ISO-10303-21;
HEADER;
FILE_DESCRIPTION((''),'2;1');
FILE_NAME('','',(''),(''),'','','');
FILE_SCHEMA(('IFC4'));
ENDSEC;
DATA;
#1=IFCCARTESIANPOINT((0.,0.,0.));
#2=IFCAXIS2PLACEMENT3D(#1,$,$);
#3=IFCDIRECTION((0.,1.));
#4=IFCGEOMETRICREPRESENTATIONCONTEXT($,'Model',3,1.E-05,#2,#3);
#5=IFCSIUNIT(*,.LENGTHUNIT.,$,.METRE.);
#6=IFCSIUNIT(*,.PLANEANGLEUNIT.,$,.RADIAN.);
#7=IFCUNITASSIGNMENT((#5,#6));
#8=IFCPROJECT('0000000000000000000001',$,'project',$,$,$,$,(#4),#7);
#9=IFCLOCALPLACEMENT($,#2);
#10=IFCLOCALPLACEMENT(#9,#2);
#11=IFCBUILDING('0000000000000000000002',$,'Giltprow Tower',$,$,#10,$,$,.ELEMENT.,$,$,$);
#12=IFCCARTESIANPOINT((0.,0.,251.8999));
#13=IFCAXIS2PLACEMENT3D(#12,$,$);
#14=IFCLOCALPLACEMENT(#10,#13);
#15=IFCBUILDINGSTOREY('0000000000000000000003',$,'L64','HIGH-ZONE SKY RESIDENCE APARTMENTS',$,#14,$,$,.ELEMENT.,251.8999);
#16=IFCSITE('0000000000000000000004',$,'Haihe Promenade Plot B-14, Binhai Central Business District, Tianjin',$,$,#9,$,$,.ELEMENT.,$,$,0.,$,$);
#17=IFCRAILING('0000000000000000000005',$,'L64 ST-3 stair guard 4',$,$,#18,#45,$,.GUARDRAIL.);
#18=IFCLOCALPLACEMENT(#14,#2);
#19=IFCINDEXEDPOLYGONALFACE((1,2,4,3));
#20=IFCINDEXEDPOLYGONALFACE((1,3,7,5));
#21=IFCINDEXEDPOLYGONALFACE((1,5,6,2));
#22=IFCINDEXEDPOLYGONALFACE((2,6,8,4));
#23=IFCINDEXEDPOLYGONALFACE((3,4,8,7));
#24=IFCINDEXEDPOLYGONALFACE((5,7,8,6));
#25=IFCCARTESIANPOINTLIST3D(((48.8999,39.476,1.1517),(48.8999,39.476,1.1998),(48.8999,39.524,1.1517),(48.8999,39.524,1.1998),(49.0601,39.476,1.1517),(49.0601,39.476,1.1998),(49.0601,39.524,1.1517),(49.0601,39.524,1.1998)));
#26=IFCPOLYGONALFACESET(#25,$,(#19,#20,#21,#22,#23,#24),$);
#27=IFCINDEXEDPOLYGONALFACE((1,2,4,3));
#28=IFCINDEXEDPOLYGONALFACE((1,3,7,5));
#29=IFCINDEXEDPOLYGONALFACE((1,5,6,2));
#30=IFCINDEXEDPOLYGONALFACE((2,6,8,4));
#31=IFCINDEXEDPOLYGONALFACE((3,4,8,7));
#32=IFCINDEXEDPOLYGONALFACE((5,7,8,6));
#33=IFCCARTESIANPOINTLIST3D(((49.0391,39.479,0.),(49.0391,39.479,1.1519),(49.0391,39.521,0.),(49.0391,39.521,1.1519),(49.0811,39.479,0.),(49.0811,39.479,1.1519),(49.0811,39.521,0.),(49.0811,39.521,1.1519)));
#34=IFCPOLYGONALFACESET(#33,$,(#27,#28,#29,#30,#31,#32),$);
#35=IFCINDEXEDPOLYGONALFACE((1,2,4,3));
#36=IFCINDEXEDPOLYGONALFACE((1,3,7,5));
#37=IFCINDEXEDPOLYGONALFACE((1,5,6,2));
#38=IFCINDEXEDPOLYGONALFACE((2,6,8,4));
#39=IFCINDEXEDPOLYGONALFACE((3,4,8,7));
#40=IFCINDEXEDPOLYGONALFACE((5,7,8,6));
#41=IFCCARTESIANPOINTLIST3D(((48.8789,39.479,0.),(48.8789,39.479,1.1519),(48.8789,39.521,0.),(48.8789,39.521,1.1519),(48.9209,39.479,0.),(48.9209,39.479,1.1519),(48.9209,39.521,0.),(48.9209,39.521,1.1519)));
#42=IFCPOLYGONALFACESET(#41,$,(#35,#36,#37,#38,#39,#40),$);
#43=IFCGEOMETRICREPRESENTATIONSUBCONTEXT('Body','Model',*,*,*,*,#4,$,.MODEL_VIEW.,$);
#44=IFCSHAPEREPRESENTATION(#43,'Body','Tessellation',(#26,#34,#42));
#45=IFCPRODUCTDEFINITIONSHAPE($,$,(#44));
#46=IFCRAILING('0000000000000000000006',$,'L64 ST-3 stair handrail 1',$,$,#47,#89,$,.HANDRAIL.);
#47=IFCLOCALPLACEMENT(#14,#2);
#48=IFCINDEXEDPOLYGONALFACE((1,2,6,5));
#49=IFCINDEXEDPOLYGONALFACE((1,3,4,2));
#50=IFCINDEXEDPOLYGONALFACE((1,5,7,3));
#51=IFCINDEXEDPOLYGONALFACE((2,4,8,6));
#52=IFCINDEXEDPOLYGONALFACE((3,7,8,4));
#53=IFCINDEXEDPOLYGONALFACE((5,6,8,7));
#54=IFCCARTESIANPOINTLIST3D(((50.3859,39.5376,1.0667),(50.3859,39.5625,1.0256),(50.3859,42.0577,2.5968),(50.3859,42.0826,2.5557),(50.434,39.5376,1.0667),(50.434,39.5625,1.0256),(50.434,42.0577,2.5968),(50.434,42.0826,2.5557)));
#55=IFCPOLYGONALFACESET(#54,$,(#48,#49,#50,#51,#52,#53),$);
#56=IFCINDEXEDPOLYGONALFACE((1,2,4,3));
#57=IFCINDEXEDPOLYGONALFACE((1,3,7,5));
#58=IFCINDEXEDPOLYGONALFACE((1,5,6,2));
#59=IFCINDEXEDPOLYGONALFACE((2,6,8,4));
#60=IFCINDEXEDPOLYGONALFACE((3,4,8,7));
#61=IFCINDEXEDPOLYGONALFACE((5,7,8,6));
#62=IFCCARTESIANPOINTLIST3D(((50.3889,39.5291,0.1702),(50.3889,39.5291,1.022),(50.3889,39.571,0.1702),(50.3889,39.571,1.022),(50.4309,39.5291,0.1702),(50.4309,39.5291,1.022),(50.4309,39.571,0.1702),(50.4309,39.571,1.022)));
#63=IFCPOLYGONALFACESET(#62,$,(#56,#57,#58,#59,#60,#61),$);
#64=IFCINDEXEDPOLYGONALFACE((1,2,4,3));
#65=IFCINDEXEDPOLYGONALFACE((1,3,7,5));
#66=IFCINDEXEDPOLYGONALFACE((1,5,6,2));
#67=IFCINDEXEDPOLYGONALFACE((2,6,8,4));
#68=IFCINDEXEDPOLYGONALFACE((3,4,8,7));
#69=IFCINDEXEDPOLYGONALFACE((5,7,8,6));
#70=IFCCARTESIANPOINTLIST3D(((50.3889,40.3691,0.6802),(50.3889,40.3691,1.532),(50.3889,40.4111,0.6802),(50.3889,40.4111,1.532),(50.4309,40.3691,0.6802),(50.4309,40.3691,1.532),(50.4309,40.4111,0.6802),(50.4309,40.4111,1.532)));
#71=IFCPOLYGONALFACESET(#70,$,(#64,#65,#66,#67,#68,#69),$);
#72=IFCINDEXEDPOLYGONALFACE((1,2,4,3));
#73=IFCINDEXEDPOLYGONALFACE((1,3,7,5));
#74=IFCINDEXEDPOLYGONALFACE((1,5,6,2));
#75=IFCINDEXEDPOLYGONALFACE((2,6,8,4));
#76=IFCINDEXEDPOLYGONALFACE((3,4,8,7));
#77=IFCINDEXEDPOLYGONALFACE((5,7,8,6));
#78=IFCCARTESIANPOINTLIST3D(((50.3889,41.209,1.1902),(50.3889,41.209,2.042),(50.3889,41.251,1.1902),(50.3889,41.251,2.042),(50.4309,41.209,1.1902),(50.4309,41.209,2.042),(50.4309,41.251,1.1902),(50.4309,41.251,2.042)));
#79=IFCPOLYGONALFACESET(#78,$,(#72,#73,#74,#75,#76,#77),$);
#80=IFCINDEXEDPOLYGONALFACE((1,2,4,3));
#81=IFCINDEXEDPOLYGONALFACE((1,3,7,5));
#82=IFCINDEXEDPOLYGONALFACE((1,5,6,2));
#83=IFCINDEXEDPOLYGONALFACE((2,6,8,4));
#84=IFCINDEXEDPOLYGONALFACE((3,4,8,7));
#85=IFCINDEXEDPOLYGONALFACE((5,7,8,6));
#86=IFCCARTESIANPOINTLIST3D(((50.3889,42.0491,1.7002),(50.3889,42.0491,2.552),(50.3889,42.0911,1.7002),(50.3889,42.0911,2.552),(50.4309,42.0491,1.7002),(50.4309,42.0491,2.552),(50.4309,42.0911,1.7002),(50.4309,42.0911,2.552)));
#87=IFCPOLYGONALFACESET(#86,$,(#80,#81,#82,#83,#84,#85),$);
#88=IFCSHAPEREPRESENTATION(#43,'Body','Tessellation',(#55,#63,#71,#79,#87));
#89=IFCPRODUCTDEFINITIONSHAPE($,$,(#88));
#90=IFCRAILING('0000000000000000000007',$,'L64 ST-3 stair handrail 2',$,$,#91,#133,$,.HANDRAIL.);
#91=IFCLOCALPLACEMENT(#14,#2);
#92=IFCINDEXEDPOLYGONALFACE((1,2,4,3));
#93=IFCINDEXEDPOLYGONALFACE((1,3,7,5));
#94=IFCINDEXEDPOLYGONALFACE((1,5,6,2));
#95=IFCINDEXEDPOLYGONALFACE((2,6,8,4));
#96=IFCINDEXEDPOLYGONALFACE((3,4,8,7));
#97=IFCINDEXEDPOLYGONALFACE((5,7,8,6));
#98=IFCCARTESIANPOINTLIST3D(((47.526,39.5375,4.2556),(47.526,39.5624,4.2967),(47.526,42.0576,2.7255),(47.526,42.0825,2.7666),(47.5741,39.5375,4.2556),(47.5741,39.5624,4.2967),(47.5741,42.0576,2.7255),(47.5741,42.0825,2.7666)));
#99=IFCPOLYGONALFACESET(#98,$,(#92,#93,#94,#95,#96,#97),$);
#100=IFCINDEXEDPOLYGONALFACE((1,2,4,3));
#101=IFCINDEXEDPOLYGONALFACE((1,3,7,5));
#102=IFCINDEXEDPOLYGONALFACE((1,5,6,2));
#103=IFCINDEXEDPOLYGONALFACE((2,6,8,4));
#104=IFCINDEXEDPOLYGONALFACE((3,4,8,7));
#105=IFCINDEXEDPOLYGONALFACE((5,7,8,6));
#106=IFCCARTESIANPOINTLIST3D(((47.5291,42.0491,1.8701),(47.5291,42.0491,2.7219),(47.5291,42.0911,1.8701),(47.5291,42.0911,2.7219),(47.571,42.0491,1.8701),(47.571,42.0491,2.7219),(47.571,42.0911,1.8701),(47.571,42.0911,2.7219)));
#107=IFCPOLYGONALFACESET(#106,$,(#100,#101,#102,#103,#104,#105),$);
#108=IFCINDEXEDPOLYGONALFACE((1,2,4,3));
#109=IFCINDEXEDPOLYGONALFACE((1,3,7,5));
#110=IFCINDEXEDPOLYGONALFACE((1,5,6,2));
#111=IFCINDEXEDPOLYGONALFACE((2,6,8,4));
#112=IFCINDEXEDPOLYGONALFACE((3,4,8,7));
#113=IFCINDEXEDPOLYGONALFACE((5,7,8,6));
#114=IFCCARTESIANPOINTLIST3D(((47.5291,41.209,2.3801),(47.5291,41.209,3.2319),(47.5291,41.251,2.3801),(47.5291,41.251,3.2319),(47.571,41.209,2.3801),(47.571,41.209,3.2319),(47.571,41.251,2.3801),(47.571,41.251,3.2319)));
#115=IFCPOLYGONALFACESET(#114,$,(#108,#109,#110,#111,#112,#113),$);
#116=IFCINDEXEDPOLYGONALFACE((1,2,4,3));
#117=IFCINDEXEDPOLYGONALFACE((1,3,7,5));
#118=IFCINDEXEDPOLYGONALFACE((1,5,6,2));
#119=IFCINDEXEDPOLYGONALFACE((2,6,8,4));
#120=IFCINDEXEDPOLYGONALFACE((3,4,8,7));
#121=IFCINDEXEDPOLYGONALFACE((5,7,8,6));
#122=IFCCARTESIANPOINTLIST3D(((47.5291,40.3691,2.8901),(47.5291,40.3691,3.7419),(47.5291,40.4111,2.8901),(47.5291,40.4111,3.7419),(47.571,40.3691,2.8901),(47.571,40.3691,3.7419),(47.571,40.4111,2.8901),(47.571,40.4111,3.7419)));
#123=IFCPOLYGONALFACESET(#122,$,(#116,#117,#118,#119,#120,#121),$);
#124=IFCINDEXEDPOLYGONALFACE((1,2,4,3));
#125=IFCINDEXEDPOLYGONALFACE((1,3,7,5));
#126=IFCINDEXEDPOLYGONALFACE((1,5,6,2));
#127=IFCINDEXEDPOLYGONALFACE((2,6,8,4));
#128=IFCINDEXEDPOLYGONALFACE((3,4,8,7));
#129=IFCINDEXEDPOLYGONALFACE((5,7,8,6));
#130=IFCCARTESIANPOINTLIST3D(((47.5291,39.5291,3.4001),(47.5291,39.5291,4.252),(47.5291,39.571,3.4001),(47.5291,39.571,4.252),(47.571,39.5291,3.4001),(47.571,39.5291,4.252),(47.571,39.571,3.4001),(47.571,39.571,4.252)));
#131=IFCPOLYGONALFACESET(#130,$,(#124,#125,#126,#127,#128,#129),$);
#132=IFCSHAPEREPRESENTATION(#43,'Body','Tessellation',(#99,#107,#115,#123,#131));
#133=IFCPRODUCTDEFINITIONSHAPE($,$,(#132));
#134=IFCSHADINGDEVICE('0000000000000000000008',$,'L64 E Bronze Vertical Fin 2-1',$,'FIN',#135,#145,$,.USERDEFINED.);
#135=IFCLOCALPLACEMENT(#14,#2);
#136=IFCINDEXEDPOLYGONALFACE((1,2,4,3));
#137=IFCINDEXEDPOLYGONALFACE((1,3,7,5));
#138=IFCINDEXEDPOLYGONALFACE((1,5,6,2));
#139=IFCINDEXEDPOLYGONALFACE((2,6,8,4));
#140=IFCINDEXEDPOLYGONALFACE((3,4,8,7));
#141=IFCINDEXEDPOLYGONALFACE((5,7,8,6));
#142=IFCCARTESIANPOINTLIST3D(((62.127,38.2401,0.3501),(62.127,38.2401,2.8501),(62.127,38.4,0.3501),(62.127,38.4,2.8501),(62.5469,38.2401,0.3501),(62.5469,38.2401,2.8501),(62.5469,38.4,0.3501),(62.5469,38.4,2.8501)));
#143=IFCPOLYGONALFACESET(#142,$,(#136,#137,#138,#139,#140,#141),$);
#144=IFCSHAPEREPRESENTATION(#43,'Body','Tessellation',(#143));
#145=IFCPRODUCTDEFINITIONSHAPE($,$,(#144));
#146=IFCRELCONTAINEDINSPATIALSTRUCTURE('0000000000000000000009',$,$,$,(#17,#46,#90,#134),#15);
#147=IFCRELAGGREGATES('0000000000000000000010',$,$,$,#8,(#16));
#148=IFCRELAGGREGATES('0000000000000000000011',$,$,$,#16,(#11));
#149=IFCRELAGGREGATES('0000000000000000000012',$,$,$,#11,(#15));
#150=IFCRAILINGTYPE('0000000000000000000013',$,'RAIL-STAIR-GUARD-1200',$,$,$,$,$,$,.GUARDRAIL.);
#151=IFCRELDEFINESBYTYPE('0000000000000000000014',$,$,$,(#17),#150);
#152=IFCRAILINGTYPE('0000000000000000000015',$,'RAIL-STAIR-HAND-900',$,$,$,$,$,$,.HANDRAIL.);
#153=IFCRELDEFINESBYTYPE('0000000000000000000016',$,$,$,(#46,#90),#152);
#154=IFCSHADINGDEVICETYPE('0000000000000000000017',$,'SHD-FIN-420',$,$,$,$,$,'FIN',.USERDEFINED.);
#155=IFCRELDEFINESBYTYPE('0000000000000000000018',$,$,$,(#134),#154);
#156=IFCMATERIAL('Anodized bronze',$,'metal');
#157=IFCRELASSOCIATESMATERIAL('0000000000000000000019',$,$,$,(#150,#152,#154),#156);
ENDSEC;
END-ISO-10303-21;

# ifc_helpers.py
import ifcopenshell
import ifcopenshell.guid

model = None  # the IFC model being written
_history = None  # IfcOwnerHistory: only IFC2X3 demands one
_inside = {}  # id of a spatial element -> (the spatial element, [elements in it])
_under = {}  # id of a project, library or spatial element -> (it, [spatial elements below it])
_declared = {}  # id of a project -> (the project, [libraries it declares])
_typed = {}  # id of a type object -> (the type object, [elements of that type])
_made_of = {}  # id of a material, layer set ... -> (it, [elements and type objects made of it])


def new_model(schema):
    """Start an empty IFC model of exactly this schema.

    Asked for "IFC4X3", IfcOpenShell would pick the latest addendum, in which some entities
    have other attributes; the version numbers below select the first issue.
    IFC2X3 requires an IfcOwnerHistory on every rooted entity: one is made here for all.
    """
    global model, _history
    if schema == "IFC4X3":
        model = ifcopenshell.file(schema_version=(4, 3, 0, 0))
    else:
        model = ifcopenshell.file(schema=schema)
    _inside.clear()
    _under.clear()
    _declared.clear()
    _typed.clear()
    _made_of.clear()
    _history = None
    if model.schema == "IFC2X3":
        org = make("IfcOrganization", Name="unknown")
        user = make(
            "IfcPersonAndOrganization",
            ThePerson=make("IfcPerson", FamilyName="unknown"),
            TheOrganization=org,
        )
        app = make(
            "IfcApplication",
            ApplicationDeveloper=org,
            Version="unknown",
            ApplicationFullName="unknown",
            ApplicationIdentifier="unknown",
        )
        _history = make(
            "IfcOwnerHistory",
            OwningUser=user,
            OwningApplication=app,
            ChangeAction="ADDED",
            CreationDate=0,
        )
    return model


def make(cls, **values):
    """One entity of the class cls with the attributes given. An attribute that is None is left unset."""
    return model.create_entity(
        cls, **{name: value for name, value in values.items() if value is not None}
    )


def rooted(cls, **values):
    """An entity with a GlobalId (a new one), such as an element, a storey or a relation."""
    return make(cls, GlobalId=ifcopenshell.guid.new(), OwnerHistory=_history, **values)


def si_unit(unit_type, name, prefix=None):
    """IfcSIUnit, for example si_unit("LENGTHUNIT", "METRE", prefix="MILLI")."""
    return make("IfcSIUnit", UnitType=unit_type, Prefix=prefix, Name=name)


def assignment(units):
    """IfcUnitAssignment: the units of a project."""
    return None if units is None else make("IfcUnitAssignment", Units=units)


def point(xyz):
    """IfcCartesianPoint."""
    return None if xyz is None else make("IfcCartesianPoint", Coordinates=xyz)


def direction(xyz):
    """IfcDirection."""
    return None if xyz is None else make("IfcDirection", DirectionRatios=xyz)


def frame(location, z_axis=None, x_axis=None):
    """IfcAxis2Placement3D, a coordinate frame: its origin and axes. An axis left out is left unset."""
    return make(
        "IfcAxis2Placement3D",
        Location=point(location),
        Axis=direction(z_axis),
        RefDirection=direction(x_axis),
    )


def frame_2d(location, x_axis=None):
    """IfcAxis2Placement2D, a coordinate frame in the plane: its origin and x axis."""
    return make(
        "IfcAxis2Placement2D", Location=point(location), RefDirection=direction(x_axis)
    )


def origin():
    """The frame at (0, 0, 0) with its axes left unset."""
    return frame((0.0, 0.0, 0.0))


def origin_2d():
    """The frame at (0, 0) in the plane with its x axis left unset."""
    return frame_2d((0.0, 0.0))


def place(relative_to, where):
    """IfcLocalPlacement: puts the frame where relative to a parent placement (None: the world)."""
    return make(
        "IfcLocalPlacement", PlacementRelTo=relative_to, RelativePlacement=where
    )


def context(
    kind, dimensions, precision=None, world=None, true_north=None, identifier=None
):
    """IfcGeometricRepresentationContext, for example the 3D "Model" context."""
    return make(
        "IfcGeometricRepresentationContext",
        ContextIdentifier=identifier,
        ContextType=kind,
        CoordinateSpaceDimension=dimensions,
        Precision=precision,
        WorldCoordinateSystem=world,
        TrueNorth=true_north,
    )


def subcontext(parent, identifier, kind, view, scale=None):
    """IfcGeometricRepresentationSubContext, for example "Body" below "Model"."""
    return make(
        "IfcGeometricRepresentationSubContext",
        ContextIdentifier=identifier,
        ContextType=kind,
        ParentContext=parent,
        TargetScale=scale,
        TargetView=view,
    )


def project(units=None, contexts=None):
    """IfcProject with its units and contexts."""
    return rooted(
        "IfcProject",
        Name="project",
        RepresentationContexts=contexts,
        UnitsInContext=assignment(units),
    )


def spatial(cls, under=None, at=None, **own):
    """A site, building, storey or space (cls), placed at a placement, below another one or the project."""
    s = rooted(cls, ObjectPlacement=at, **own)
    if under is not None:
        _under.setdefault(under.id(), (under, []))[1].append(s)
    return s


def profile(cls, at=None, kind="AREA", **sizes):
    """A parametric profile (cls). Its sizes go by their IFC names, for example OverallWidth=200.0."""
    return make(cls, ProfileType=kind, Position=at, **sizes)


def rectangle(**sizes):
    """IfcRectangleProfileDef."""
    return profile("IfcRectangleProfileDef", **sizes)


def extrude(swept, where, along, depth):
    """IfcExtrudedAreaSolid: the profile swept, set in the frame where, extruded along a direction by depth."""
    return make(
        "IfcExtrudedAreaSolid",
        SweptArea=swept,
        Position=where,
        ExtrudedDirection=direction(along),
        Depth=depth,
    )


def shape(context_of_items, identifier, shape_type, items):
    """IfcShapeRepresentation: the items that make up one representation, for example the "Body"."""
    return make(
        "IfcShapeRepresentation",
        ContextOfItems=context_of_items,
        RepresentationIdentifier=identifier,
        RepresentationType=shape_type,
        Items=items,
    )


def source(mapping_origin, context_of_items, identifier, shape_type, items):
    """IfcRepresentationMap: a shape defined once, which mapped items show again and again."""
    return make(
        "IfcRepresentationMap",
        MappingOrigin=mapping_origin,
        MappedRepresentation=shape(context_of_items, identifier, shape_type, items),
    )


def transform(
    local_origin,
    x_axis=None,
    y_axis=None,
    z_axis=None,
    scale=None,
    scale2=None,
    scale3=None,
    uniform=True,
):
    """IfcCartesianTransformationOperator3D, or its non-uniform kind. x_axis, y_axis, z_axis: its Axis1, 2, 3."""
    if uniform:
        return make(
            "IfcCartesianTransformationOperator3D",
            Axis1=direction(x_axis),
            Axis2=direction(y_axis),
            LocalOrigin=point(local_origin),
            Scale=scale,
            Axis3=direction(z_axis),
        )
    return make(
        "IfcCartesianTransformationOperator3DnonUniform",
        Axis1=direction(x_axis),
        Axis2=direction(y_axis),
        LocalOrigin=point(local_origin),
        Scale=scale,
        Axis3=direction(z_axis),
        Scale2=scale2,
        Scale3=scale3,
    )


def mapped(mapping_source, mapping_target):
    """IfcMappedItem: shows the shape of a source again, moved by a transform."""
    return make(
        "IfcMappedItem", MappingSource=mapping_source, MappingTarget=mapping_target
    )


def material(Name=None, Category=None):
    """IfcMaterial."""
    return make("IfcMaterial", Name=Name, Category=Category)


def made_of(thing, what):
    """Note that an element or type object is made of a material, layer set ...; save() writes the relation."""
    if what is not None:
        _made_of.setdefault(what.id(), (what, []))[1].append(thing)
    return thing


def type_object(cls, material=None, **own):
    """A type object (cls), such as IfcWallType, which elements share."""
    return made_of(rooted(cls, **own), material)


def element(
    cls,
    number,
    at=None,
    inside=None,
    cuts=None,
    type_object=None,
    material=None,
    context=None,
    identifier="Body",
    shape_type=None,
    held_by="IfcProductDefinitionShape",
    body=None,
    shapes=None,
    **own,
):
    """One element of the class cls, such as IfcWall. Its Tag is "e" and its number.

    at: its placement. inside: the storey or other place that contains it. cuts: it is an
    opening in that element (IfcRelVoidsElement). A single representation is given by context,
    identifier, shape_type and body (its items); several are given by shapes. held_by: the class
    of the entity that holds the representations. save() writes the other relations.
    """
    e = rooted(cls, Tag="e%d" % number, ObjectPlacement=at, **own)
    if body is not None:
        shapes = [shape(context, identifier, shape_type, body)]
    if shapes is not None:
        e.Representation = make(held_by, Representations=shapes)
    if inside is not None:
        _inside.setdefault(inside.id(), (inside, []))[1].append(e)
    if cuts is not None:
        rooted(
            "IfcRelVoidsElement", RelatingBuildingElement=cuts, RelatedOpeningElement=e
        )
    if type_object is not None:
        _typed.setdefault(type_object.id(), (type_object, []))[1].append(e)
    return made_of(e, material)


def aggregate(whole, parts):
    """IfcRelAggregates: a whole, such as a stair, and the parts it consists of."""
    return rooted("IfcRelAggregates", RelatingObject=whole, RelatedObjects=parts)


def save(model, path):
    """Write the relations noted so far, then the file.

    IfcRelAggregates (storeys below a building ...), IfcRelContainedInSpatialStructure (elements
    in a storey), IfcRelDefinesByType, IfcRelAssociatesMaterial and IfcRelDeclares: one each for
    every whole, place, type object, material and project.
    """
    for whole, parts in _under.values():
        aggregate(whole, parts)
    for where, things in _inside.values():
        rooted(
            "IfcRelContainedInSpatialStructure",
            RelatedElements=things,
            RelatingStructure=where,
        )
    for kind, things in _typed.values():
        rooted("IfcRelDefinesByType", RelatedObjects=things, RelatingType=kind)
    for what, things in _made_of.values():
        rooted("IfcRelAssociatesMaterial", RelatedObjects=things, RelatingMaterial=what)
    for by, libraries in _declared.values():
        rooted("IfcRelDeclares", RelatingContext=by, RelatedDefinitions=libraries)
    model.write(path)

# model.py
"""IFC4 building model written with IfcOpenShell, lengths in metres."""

from ifc_helpers import new_model, si_unit, direction, frame, origin, origin_2d, place, context, subcontext, project, spatial, rectangle, extrude, source, transform, mapped, material, type_object, element, save


model = new_model("IFC4")

# Units and contexts
model_context = context("Model", 3, precision=1e-05, world=origin(), true_north=direction((0.0, 1.0)))
body_context = subcontext(model_context, "Body", "Model", "MODEL_VIEW")
ifc_project = project(units=[si_unit("LENGTHUNIT", "METRE"), si_unit("PLANEANGLEUNIT", "RADIAN")], contexts=[model_context])

# Site, building, storey
site_placement = place(None, origin())
site = spatial("IfcSite", under=ifc_project, at=site_placement, Name="Haihe Promenade Plot B-14, Binhai Central Business District, Tianjin", CompositionType="ELEMENT", RefElevation=0.0)
building_placement = place(site_placement, origin())
building = spatial("IfcBuilding", under=site, at=building_placement, Name="Giltprow Tower", CompositionType="ELEMENT")
storey_placement = place(building_placement, frame((0.0, 0.0, 251.8999)))
storey = spatial("IfcBuildingStorey", under=building, at=storey_placement, Name="L64", Description="HIGH-ZONE SKY RESIDENCE APARTMENTS", CompositionType="ELEMENT", Elevation=251.8999)

# Railings
ifc_material_1 = material(Name="Anodized bronze", Category="metal")
railing_type_1 = type_object("IfcRailingType", Name="RAIL-STAIR-GUARD-1200", PredefinedType="GUARDRAIL", material=ifc_material_1)
railing_1_placement = place(storey_placement, frame((49.0601, 39.5, 0.0)))
element("IfcRailing", 1, at=railing_1_placement, inside=storey, type_object=railing_type_1, Name="L64 ST-3 stair guard 4", PredefinedType="GUARDRAIL", context=body_context, shape_type="SweptSolid", body=[
    extrude(rectangle(XDim=0.0481, YDim=0.0481, at=origin_2d()), frame((0.0, 0.0, 1.1758), z_axis=(-1.0, 0.0, 0.0), x_axis=(0.0, -1.0, 0.0)), (0.0, 0.0, 1.0), 0.1602),
    extrude(rectangle(XDim=0.042, YDim=0.042, at=origin_2d()), origin(), (0.0, 0.0, 1.0), 1.1519),
    extrude(rectangle(XDim=0.042, YDim=0.042, at=origin_2d()), frame((-0.1602, 0.0, 0.0)), (0.0, 0.0, 1.0), 1.1519),
])
railing_type_2 = type_object("IfcRailingType", Name="RAIL-STAIR-HAND-900", PredefinedType="HANDRAIL", material=ifc_material_1)
railing_2_placement = place(storey_placement, frame((50.4099, 39.55, 0.1702)))
element("IfcRailing", 2, at=railing_2_placement, inside=storey, type_object=railing_type_2, Name="L64 ST-3 stair handrail 1", PredefinedType="HANDRAIL", context=body_context, shape_type="SweptSolid", body=[
    extrude(rectangle(XDim=0.0481, YDim=0.0481, at=origin_2d()), frame((0.0, 0.0, 0.876), z_axis=(0.0, 0.854785, 0.518982), x_axis=(-1.0, 0.0, 0.0)), (0.0, 0.0, 1.0), 2.9482),
    extrude(rectangle(XDim=0.042, YDim=0.042, at=origin_2d()), origin(), (0.0, 0.0, 1.0), 0.8518),
    extrude(rectangle(XDim=0.042, YDim=0.042, at=origin_2d()), frame((0.0, 0.8401, 0.51)), (0.0, 0.0, 1.0), 0.8518),
    extrude(rectangle(XDim=0.042, YDim=0.042, at=origin_2d()), frame((0.0, 1.6799, 1.02)), (0.0, 0.0, 1.0), 0.8518),
    extrude(rectangle(XDim=0.042, YDim=0.042, at=origin_2d()), frame((0.0, 2.52, 1.53)), (0.0, 0.0, 1.0), 0.8518),
])
railing_3_placement = place(storey_placement, frame((47.55, 42.0701, 1.8701)))
element("IfcRailing", 3, at=railing_3_placement, inside=storey, type_object=railing_type_2, Name="L64 ST-3 stair handrail 2", PredefinedType="HANDRAIL", context=body_context, shape_type="SweptSolid", body=[
    extrude(rectangle(XDim=0.0481, YDim=0.0481, at=origin_2d()), frame((0.0, 0.0, 0.876), z_axis=(0.0, -0.854785, 0.518982), x_axis=(1.0, 0.0, 0.0)), (0.0, 0.0, 1.0), 2.9482),
    extrude(rectangle(XDim=0.042, YDim=0.042, at=origin_2d()), origin(), (0.0, 0.0, 1.0), 0.8518),
    extrude(rectangle(XDim=0.042, YDim=0.042, at=origin_2d()), frame((0.0, -0.8401, 0.51)), (0.0, 0.0, 1.0), 0.8518),
    extrude(rectangle(XDim=0.042, YDim=0.042, at=origin_2d()), frame((0.0, -1.6799, 1.02)), (0.0, 0.0, 1.0), 0.8518),
    extrude(rectangle(XDim=0.042, YDim=0.042, at=origin_2d()), frame((0.0, -2.52, 1.53)), (0.0, 0.0, 1.0), 0.8518),
])

# Shading device
shading_device_type = type_object("IfcShadingDeviceType", Name="SHD-FIN-420", ElementType="FIN", PredefinedType="USERDEFINED", material=ifc_material_1)
shared_shape_1 = source(origin(), body_context, "Body", "SweptSolid", [
    extrude(rectangle(XDim=0.4199, YDim=0.1599, at=origin_2d()), origin(), (0.0, 0.0, 1.0), 2.5),
])
shading_device_placement = place(storey_placement, frame((62.3369, 38.3201, 0.3501), z_axis=(0.0, 0.0, 1.0), x_axis=(1.0, 0.0, 0.0)))
element("IfcShadingDevice", 4, at=shading_device_placement, inside=storey, type_object=shading_device_type, Name="L64 E Bronze Vertical Fin 2-1", ObjectType="FIN", PredefinedType="USERDEFINED", context=body_context, shape_type="MappedRepresentation", body=[
    mapped(shared_shape_1, transform((0.0, 0.0, 0.0), x_axis=(1.0, 0.0, 0.0), y_axis=(0.0, 1.0, 0.0), z_axis=(0.0, 0.0, 1.0), scale=1.0)),
])

save(model, "model.ifc")
